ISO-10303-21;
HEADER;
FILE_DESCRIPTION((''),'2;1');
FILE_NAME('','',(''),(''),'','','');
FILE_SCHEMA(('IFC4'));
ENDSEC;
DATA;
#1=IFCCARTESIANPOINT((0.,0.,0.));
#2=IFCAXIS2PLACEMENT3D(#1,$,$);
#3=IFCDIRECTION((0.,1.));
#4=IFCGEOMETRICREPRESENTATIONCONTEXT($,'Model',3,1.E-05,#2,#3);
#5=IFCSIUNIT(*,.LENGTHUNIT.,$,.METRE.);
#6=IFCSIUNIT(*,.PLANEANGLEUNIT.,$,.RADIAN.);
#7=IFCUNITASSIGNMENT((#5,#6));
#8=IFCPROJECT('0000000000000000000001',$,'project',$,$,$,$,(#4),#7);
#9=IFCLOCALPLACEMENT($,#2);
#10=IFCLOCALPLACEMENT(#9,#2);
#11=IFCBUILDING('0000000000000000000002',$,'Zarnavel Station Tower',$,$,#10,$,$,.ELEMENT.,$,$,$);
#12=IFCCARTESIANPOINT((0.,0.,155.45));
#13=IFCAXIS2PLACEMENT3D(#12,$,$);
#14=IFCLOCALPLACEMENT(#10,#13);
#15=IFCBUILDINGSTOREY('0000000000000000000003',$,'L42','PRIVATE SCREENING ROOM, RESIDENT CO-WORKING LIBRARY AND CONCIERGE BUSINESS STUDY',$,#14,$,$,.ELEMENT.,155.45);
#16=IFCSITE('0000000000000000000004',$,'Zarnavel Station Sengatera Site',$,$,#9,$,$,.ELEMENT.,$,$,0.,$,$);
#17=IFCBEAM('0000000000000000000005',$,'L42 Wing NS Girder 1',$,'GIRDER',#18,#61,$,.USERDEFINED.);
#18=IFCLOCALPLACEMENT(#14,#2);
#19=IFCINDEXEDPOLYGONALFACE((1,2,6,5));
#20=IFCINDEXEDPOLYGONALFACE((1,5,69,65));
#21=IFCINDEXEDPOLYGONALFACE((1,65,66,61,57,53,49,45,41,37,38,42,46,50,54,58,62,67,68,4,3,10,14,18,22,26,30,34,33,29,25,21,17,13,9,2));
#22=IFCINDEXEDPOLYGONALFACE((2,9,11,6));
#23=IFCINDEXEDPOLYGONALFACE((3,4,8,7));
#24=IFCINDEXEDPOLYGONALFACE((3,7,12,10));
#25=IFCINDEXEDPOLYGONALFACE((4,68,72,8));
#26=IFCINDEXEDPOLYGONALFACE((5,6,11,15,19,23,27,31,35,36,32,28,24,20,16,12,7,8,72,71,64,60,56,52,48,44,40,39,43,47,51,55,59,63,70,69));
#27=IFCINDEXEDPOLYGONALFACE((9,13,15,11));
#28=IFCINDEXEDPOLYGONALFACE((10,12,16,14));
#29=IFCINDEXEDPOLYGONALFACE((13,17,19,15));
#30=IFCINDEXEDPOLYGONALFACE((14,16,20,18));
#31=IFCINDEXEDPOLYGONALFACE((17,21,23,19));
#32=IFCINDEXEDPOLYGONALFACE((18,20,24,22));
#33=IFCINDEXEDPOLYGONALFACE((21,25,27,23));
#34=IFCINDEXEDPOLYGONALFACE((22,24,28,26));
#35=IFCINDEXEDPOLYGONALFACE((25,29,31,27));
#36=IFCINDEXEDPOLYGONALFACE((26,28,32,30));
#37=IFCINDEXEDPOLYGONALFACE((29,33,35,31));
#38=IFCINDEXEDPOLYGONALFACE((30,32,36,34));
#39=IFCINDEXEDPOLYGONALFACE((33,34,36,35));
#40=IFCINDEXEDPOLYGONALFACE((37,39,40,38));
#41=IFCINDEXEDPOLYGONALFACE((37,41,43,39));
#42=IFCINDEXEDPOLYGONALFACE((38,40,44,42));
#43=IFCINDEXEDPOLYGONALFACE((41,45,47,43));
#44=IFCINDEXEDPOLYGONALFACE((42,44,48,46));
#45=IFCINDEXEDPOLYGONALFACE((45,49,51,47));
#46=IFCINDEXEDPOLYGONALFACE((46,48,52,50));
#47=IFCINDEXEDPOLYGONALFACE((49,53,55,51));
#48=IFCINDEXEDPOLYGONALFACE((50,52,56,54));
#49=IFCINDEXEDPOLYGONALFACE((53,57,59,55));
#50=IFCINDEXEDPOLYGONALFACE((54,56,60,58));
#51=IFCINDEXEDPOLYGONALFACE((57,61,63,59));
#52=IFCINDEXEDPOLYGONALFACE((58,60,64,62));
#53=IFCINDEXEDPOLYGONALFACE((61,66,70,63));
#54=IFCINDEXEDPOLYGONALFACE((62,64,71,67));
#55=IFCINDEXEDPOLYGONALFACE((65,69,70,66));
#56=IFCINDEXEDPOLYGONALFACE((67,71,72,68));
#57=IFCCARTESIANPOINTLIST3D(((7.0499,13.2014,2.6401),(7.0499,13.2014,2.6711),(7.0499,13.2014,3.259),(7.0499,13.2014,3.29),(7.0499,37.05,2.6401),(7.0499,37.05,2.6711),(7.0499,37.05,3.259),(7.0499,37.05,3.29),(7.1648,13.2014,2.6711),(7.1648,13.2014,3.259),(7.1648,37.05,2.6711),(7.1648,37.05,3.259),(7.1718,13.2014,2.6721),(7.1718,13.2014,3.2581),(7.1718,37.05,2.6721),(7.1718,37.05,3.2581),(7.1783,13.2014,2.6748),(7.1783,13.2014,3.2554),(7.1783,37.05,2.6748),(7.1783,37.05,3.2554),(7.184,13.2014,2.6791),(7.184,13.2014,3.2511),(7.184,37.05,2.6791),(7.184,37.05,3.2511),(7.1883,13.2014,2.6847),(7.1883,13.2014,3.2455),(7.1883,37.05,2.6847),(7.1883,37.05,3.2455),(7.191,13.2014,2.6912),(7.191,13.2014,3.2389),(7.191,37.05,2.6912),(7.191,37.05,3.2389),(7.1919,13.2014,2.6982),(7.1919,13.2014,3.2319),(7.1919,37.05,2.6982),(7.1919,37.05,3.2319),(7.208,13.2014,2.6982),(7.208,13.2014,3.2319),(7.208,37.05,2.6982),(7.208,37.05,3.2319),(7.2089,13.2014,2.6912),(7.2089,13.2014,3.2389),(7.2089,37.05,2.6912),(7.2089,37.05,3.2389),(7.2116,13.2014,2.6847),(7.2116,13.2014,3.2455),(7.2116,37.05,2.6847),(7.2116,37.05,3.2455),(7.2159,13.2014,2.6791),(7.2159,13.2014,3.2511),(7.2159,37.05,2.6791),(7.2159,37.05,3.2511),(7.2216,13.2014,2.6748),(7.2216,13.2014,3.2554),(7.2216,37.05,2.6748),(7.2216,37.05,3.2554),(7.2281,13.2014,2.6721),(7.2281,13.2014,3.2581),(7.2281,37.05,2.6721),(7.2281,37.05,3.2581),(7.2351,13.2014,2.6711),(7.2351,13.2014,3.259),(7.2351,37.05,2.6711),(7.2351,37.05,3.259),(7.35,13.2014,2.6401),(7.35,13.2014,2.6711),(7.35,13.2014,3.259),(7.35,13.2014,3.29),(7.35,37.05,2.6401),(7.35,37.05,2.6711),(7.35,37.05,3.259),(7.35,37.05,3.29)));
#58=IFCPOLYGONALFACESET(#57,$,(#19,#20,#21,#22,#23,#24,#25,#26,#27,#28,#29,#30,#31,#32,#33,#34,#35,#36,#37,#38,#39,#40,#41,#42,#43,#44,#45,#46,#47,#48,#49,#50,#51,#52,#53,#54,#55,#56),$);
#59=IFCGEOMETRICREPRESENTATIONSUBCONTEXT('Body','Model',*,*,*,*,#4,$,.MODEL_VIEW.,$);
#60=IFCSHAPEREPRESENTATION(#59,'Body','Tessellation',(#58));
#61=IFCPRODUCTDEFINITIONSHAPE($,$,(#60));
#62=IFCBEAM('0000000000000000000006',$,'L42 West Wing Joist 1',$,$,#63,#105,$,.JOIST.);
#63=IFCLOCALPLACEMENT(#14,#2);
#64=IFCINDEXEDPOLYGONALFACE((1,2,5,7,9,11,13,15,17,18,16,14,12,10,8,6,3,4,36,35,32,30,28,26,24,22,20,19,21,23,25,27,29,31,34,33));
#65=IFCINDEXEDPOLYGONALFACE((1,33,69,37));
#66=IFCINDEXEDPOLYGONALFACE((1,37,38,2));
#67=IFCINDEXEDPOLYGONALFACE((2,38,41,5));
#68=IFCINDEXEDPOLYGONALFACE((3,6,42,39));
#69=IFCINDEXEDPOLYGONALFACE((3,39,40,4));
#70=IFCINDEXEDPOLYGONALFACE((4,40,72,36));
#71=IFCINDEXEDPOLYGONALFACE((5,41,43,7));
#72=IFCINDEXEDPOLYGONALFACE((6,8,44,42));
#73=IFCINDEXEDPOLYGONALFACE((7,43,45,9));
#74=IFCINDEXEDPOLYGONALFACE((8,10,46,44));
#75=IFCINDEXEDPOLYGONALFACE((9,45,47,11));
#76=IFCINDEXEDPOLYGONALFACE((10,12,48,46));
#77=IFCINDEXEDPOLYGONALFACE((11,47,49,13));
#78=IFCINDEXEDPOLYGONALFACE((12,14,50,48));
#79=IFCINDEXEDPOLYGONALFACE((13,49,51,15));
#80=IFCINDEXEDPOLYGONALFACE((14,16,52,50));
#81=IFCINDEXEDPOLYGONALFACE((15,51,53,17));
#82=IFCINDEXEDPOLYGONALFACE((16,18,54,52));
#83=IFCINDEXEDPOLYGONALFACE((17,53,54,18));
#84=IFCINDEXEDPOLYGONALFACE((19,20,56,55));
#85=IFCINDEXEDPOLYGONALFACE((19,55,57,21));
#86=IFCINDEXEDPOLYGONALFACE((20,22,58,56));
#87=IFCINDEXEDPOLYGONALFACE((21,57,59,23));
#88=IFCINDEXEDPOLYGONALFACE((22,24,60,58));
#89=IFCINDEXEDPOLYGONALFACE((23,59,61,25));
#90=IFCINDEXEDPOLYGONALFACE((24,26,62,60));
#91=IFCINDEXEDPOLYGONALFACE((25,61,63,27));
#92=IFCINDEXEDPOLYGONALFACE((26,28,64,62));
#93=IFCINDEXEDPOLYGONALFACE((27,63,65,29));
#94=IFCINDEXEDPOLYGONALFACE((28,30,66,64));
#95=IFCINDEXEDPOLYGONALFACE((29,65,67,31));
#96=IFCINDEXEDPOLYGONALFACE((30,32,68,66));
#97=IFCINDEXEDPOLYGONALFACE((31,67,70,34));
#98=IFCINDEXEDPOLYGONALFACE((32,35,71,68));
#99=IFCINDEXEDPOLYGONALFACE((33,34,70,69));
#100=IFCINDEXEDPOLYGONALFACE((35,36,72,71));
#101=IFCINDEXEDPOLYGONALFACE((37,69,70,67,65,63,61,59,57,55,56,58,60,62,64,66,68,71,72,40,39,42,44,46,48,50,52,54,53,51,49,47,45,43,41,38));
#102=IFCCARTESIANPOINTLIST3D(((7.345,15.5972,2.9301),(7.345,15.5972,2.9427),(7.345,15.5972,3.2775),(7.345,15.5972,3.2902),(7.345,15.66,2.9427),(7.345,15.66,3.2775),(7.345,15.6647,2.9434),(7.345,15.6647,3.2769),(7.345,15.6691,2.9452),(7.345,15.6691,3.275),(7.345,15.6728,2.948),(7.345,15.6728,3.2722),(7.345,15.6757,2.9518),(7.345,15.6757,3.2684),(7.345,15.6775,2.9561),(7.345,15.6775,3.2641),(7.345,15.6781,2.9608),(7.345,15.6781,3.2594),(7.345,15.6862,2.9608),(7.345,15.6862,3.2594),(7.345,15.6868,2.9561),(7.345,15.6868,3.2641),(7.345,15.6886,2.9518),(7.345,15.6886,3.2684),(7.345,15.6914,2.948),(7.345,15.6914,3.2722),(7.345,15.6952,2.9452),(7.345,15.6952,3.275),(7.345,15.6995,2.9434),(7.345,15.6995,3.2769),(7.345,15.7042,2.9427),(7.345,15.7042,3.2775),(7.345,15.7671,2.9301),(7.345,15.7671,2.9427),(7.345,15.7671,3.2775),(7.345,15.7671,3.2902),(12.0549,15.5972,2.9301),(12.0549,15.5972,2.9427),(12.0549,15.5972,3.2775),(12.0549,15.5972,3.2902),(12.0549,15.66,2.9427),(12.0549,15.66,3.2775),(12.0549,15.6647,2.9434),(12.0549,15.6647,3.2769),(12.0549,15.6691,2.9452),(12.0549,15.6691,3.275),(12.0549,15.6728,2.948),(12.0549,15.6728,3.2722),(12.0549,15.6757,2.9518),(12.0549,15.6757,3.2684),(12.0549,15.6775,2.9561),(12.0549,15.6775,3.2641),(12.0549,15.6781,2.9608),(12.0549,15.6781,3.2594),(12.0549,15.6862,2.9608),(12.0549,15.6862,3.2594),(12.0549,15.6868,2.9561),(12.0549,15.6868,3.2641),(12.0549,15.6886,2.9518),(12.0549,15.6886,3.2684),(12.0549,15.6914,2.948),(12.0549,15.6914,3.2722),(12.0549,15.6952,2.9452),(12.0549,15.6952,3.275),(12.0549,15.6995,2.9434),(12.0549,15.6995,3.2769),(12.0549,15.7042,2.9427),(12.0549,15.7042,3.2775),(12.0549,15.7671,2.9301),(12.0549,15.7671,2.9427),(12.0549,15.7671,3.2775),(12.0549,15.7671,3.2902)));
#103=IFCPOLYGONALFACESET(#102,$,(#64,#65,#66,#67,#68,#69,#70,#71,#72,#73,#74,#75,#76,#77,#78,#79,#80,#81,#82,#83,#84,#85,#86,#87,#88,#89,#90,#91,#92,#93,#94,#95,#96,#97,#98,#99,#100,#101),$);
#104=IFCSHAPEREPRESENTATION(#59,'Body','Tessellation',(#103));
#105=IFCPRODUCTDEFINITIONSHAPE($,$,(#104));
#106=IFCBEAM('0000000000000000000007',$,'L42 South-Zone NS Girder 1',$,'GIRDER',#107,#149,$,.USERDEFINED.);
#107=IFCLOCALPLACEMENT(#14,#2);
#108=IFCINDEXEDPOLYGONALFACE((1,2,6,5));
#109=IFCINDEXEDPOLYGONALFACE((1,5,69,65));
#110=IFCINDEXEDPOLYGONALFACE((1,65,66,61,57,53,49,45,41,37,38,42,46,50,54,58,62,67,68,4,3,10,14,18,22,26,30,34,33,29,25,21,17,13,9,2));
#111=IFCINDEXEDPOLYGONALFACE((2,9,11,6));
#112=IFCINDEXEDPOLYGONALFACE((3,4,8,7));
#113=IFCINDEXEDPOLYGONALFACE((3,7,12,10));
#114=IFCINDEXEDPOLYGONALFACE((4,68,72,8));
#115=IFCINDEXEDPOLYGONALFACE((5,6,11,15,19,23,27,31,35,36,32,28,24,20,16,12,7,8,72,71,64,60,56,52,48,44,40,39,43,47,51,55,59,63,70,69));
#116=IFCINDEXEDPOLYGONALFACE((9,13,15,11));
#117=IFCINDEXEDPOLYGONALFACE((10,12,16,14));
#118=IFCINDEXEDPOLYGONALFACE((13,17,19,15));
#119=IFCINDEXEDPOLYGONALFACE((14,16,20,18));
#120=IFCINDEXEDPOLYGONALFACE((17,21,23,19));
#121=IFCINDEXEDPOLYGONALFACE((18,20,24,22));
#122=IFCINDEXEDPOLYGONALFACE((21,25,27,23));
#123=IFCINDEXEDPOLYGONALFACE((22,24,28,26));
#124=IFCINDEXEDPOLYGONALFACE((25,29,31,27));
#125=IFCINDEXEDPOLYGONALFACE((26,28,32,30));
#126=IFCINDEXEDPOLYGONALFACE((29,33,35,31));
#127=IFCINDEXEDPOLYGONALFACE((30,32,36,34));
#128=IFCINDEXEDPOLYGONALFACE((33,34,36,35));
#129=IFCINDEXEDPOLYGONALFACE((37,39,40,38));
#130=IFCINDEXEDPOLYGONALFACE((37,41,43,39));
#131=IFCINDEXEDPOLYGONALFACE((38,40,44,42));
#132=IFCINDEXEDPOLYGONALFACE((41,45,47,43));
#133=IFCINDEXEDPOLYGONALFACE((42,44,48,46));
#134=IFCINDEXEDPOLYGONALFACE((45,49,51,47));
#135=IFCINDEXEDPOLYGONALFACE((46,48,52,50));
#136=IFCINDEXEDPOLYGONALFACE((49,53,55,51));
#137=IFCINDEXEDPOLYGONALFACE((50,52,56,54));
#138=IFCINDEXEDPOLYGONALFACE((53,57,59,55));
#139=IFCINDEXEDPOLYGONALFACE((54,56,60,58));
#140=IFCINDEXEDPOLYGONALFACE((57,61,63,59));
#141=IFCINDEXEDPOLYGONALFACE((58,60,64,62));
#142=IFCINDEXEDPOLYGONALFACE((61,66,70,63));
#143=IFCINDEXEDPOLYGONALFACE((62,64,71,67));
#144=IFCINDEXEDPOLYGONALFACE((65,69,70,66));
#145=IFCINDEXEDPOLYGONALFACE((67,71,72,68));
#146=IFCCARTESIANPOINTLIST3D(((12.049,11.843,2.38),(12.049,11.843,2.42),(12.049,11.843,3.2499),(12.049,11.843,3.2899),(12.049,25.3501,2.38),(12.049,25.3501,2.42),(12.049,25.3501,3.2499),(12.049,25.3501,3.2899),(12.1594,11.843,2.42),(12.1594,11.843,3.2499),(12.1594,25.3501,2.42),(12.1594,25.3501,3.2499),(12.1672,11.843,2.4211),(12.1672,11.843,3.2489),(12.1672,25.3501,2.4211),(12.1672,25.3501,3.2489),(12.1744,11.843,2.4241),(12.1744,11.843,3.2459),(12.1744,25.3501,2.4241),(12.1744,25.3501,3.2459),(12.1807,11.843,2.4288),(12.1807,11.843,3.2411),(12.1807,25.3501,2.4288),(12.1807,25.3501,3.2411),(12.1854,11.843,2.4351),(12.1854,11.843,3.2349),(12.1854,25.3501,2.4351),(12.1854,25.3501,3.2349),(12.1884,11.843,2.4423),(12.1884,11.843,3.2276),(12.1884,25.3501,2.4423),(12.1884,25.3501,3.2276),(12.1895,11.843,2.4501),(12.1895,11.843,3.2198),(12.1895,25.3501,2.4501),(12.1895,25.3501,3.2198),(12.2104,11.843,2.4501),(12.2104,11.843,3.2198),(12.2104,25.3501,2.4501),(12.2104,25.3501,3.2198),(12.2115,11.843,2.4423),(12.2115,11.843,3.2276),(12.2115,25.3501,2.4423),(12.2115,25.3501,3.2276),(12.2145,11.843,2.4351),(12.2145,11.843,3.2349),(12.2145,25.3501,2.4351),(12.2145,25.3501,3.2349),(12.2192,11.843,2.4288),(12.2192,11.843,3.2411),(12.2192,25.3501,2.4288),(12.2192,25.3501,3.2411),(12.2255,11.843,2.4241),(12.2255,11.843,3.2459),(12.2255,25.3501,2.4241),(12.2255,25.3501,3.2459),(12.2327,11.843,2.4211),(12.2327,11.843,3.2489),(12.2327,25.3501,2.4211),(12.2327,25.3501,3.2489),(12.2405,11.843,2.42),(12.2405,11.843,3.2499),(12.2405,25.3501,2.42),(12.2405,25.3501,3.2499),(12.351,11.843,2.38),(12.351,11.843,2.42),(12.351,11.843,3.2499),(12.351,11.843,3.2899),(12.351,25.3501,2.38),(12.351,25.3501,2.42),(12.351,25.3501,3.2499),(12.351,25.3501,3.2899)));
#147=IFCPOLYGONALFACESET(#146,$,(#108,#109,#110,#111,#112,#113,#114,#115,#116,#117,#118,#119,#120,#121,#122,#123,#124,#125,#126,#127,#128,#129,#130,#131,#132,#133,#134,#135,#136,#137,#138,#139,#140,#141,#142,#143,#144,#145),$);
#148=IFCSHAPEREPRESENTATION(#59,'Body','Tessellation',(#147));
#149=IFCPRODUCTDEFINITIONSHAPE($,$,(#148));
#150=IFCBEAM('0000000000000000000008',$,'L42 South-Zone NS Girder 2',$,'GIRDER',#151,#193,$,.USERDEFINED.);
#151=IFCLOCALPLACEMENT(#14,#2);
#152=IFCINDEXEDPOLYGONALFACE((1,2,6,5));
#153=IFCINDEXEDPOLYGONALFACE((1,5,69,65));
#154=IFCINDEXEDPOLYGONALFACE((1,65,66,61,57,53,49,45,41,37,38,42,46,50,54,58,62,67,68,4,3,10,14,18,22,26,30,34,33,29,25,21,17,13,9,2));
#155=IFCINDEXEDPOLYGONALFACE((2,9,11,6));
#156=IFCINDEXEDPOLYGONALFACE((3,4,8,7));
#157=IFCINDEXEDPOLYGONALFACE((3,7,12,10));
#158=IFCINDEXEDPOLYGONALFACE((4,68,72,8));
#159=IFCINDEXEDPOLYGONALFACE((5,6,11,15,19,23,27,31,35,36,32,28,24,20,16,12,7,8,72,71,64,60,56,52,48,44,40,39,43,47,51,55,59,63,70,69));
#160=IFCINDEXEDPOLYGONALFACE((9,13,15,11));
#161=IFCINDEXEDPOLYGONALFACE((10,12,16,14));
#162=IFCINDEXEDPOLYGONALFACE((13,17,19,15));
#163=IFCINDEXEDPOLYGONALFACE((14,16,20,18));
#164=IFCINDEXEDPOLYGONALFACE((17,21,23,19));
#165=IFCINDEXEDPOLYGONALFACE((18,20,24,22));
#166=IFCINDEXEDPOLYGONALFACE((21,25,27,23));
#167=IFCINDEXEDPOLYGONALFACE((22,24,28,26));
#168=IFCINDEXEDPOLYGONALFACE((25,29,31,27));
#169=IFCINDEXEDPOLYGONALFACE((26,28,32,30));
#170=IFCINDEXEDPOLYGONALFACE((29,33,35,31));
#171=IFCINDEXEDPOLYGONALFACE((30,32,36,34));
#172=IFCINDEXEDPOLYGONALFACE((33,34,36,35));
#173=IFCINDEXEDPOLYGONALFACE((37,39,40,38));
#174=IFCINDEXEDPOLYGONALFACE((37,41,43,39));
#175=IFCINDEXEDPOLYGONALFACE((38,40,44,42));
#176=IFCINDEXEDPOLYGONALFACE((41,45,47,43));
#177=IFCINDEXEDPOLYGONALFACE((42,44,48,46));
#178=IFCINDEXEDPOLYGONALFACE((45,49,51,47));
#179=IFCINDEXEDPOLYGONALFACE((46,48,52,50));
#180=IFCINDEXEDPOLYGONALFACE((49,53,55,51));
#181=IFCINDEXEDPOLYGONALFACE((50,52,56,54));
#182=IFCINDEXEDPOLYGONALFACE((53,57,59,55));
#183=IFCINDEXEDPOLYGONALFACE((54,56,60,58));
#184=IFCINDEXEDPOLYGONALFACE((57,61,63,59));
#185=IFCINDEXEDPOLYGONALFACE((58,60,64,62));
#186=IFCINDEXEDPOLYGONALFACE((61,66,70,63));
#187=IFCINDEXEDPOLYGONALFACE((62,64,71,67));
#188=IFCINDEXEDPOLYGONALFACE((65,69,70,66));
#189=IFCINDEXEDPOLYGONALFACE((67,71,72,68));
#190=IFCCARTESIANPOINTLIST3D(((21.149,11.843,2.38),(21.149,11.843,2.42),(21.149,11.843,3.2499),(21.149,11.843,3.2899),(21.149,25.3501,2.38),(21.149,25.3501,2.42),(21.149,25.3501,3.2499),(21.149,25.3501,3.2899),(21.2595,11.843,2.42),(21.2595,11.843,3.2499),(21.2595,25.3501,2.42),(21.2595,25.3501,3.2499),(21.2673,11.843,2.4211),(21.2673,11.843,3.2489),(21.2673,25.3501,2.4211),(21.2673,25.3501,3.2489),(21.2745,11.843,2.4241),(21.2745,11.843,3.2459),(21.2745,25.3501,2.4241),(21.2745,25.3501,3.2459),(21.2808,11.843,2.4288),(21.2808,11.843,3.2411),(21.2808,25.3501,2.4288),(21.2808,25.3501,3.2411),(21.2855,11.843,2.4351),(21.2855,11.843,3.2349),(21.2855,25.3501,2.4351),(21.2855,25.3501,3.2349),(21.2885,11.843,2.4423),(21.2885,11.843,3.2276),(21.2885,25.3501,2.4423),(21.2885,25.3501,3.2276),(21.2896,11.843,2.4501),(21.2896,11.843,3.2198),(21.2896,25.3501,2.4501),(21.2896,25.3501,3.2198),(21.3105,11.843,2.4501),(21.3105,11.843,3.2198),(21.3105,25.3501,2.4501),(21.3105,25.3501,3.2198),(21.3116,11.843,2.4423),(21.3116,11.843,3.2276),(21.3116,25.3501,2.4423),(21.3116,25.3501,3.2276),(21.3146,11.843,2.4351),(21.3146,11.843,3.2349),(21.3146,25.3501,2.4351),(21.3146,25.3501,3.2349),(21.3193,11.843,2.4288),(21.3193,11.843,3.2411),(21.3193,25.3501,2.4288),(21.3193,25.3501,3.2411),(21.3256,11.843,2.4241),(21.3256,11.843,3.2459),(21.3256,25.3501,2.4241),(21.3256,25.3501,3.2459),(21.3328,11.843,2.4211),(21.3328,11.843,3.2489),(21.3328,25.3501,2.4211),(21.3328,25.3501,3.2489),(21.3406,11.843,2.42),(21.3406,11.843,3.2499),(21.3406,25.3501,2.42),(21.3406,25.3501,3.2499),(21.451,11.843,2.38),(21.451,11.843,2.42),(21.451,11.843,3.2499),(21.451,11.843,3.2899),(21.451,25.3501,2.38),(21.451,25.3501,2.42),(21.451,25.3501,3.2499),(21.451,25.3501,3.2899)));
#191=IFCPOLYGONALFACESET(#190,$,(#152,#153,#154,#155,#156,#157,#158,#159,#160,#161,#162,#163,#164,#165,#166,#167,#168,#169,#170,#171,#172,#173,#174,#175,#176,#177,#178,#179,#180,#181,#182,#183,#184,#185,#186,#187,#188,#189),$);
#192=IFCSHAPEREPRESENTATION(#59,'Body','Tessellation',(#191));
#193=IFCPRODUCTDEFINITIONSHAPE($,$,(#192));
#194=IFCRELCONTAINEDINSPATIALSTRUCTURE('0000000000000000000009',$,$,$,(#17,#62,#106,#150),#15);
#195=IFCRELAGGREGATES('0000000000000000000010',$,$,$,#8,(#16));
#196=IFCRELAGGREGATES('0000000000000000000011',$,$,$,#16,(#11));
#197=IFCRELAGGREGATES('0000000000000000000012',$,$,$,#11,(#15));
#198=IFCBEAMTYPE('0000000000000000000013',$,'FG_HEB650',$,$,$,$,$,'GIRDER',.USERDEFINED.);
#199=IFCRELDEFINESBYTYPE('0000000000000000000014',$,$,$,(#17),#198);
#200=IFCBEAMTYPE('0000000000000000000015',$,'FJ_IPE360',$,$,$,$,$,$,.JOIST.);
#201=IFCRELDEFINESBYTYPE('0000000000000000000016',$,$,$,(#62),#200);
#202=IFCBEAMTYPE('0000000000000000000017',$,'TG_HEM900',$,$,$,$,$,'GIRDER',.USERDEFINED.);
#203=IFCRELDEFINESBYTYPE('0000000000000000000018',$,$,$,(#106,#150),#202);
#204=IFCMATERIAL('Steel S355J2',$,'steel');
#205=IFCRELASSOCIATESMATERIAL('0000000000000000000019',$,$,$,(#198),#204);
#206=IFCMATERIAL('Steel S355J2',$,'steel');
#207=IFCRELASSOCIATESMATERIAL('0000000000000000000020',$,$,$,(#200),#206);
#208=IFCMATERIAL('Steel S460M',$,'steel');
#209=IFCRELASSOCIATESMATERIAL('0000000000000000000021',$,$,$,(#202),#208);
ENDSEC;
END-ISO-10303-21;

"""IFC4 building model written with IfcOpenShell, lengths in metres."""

from ifc_helpers import new_model, si_unit, direction, frame, origin, origin_2d, place, context, subcontext, project, spatial, i_section, extrude, material, material_profile, profile_set, type_object, element, save


model = new_model("IFC4")

# Units and contexts
model_context = context("Model", 3, precision=1e-05, world=origin(), true_north=direction((0.0, 1.0)))
body_context = subcontext(model_context, "Body", "Model", "MODEL_VIEW")
ifc_project = project(units=[si_unit("LENGTHUNIT", "METRE"), si_unit("PLANEANGLEUNIT", "RADIAN")], contexts=[model_context])

# Site, building, storey
site_placement = place(None, origin())
site = spatial("IfcSite", under=ifc_project, at=site_placement, Name="Zarnavel Station Sengatera Site", CompositionType="ELEMENT", RefElevation=0.0)
building_placement = place(site_placement, origin())
building = spatial("IfcBuilding", under=site, at=building_placement, Name="Zarnavel Station Tower", CompositionType="ELEMENT")
storey_placement = place(building_placement, frame((0.0, 0.0, 155.45)))
storey = spatial("IfcBuildingStorey", under=building, at=storey_placement, Name="L42", Description="PRIVATE SCREENING ROOM, RESIDENT CO-WORKING LIBRARY AND CONCIERGE BUSINESS STUDY", CompositionType="ELEMENT", Elevation=155.45)

# Beams
ifc_material_1 = material(Name="Steel S355J2", Category="steel")
ifc_material_profile_1 = material_profile(ifc_material_1, i_section(OverallWidth=0.3, OverallDepth=0.6499, WebThickness=0.0161, FlangeThickness=0.031, FilletRadius=0.0271, at=origin_2d()), Name="HEB650")
ifc_profile_set_1 = profile_set([ifc_material_profile_1], Name="Steel S355J2")
beam_type_1 = type_object("IfcBeamType", Name="FG_HEB650", ElementType="GIRDER", PredefinedType="USERDEFINED", material=ifc_profile_set_1)
beam_1_placement = place(storey_placement, frame((7.2, 13.2014, 2.9651), z_axis=(0.0, 1.0, 0.0), x_axis=(-1.0, 0.0, 0.0)))
element("IfcBeam", 1, at=beam_1_placement, inside=storey, type_object=beam_type_1, Name="L42 Wing NS Girder 1", ObjectType="GIRDER", PredefinedType="USERDEFINED", context=body_context, shape_type="SweptSolid", body=[
    extrude(i_section(OverallWidth=0.3, OverallDepth=0.6499, WebThickness=0.0161, FlangeThickness=0.031, FilletRadius=0.0271, at=origin_2d()), origin(), (0.0, 0.0, 1.0), 23.8486),
])
ifc_material_2 = material(Name="Steel S355J2", Category="steel")
ifc_material_profile_2 = material_profile(ifc_material_2, i_section(OverallWidth=0.1699, OverallDepth=0.3601, WebThickness=0.0081, FlangeThickness=0.0127, FilletRadius=0.0181, at=origin_2d()), Name="IPE360")
ifc_profile_set_2 = profile_set([ifc_material_profile_2], Name="Steel S355J2")
beam_type_2 = type_object("IfcBeamType", Name="FJ_IPE360", PredefinedType="JOIST", material=ifc_profile_set_2)
beam_2_placement = place(storey_placement, frame((7.345, 15.6821, 3.1101), z_axis=(1.0, 0.0, 0.0), x_axis=(0.0, 1.0, 0.0)))
element("IfcBeam", 2, at=beam_2_placement, inside=storey, type_object=beam_type_2, Name="L42 West Wing Joist 1", PredefinedType="JOIST", context=body_context, shape_type="SweptSolid", body=[
    extrude(i_section(OverallWidth=0.1699, OverallDepth=0.3601, WebThickness=0.0081, FlangeThickness=0.0127, FilletRadius=0.0181, at=origin_2d()), origin(), (0.0, 0.0, 1.0), 4.71),
])
ifc_material_3 = material(Name="Steel S460M", Category="steel")
ifc_material_profile_3 = material_profile(ifc_material_3, i_section(OverallWidth=0.302, OverallDepth=0.9099, WebThickness=0.021, FlangeThickness=0.04, FilletRadius=0.03, at=origin_2d()), Name="HEM900")
ifc_profile_set_3 = profile_set([ifc_material_profile_3], Name="Steel S460M")
beam_type_3 = type_object("IfcBeamType", Name="TG_HEM900", ElementType="GIRDER", PredefinedType="USERDEFINED", material=ifc_profile_set_3)
for number, where, z_axis, x_axis, name in (
    (3, (12.2, 11.843, 2.835), (0.0, 1.0, 0.0), (-1.0, 0.0, 0.0), "L42 South-Zone NS Girder 1"),
    (4, (21.3, 11.843, 2.835), (0.0, 1.0, 0.0), (-1.0, 0.0, 0.0), "L42 South-Zone NS Girder 2"),
):
    element("IfcBeam", number, at=place(storey_placement, frame(where, z_axis=z_axis, x_axis=x_axis)), inside=storey, type_object=beam_type_3, Name=name, ObjectType="GIRDER", PredefinedType="USERDEFINED", context=body_context, shape_type="SweptSolid", body=[
        extrude(i_section(OverallWidth=0.302, OverallDepth=0.9099, WebThickness=0.021, FlangeThickness=0.04, FilletRadius=0.03, at=origin_2d()), origin(), (0.0, 0.0, 1.0), 13.5071),
    ])

save(model, "model.ifc")
